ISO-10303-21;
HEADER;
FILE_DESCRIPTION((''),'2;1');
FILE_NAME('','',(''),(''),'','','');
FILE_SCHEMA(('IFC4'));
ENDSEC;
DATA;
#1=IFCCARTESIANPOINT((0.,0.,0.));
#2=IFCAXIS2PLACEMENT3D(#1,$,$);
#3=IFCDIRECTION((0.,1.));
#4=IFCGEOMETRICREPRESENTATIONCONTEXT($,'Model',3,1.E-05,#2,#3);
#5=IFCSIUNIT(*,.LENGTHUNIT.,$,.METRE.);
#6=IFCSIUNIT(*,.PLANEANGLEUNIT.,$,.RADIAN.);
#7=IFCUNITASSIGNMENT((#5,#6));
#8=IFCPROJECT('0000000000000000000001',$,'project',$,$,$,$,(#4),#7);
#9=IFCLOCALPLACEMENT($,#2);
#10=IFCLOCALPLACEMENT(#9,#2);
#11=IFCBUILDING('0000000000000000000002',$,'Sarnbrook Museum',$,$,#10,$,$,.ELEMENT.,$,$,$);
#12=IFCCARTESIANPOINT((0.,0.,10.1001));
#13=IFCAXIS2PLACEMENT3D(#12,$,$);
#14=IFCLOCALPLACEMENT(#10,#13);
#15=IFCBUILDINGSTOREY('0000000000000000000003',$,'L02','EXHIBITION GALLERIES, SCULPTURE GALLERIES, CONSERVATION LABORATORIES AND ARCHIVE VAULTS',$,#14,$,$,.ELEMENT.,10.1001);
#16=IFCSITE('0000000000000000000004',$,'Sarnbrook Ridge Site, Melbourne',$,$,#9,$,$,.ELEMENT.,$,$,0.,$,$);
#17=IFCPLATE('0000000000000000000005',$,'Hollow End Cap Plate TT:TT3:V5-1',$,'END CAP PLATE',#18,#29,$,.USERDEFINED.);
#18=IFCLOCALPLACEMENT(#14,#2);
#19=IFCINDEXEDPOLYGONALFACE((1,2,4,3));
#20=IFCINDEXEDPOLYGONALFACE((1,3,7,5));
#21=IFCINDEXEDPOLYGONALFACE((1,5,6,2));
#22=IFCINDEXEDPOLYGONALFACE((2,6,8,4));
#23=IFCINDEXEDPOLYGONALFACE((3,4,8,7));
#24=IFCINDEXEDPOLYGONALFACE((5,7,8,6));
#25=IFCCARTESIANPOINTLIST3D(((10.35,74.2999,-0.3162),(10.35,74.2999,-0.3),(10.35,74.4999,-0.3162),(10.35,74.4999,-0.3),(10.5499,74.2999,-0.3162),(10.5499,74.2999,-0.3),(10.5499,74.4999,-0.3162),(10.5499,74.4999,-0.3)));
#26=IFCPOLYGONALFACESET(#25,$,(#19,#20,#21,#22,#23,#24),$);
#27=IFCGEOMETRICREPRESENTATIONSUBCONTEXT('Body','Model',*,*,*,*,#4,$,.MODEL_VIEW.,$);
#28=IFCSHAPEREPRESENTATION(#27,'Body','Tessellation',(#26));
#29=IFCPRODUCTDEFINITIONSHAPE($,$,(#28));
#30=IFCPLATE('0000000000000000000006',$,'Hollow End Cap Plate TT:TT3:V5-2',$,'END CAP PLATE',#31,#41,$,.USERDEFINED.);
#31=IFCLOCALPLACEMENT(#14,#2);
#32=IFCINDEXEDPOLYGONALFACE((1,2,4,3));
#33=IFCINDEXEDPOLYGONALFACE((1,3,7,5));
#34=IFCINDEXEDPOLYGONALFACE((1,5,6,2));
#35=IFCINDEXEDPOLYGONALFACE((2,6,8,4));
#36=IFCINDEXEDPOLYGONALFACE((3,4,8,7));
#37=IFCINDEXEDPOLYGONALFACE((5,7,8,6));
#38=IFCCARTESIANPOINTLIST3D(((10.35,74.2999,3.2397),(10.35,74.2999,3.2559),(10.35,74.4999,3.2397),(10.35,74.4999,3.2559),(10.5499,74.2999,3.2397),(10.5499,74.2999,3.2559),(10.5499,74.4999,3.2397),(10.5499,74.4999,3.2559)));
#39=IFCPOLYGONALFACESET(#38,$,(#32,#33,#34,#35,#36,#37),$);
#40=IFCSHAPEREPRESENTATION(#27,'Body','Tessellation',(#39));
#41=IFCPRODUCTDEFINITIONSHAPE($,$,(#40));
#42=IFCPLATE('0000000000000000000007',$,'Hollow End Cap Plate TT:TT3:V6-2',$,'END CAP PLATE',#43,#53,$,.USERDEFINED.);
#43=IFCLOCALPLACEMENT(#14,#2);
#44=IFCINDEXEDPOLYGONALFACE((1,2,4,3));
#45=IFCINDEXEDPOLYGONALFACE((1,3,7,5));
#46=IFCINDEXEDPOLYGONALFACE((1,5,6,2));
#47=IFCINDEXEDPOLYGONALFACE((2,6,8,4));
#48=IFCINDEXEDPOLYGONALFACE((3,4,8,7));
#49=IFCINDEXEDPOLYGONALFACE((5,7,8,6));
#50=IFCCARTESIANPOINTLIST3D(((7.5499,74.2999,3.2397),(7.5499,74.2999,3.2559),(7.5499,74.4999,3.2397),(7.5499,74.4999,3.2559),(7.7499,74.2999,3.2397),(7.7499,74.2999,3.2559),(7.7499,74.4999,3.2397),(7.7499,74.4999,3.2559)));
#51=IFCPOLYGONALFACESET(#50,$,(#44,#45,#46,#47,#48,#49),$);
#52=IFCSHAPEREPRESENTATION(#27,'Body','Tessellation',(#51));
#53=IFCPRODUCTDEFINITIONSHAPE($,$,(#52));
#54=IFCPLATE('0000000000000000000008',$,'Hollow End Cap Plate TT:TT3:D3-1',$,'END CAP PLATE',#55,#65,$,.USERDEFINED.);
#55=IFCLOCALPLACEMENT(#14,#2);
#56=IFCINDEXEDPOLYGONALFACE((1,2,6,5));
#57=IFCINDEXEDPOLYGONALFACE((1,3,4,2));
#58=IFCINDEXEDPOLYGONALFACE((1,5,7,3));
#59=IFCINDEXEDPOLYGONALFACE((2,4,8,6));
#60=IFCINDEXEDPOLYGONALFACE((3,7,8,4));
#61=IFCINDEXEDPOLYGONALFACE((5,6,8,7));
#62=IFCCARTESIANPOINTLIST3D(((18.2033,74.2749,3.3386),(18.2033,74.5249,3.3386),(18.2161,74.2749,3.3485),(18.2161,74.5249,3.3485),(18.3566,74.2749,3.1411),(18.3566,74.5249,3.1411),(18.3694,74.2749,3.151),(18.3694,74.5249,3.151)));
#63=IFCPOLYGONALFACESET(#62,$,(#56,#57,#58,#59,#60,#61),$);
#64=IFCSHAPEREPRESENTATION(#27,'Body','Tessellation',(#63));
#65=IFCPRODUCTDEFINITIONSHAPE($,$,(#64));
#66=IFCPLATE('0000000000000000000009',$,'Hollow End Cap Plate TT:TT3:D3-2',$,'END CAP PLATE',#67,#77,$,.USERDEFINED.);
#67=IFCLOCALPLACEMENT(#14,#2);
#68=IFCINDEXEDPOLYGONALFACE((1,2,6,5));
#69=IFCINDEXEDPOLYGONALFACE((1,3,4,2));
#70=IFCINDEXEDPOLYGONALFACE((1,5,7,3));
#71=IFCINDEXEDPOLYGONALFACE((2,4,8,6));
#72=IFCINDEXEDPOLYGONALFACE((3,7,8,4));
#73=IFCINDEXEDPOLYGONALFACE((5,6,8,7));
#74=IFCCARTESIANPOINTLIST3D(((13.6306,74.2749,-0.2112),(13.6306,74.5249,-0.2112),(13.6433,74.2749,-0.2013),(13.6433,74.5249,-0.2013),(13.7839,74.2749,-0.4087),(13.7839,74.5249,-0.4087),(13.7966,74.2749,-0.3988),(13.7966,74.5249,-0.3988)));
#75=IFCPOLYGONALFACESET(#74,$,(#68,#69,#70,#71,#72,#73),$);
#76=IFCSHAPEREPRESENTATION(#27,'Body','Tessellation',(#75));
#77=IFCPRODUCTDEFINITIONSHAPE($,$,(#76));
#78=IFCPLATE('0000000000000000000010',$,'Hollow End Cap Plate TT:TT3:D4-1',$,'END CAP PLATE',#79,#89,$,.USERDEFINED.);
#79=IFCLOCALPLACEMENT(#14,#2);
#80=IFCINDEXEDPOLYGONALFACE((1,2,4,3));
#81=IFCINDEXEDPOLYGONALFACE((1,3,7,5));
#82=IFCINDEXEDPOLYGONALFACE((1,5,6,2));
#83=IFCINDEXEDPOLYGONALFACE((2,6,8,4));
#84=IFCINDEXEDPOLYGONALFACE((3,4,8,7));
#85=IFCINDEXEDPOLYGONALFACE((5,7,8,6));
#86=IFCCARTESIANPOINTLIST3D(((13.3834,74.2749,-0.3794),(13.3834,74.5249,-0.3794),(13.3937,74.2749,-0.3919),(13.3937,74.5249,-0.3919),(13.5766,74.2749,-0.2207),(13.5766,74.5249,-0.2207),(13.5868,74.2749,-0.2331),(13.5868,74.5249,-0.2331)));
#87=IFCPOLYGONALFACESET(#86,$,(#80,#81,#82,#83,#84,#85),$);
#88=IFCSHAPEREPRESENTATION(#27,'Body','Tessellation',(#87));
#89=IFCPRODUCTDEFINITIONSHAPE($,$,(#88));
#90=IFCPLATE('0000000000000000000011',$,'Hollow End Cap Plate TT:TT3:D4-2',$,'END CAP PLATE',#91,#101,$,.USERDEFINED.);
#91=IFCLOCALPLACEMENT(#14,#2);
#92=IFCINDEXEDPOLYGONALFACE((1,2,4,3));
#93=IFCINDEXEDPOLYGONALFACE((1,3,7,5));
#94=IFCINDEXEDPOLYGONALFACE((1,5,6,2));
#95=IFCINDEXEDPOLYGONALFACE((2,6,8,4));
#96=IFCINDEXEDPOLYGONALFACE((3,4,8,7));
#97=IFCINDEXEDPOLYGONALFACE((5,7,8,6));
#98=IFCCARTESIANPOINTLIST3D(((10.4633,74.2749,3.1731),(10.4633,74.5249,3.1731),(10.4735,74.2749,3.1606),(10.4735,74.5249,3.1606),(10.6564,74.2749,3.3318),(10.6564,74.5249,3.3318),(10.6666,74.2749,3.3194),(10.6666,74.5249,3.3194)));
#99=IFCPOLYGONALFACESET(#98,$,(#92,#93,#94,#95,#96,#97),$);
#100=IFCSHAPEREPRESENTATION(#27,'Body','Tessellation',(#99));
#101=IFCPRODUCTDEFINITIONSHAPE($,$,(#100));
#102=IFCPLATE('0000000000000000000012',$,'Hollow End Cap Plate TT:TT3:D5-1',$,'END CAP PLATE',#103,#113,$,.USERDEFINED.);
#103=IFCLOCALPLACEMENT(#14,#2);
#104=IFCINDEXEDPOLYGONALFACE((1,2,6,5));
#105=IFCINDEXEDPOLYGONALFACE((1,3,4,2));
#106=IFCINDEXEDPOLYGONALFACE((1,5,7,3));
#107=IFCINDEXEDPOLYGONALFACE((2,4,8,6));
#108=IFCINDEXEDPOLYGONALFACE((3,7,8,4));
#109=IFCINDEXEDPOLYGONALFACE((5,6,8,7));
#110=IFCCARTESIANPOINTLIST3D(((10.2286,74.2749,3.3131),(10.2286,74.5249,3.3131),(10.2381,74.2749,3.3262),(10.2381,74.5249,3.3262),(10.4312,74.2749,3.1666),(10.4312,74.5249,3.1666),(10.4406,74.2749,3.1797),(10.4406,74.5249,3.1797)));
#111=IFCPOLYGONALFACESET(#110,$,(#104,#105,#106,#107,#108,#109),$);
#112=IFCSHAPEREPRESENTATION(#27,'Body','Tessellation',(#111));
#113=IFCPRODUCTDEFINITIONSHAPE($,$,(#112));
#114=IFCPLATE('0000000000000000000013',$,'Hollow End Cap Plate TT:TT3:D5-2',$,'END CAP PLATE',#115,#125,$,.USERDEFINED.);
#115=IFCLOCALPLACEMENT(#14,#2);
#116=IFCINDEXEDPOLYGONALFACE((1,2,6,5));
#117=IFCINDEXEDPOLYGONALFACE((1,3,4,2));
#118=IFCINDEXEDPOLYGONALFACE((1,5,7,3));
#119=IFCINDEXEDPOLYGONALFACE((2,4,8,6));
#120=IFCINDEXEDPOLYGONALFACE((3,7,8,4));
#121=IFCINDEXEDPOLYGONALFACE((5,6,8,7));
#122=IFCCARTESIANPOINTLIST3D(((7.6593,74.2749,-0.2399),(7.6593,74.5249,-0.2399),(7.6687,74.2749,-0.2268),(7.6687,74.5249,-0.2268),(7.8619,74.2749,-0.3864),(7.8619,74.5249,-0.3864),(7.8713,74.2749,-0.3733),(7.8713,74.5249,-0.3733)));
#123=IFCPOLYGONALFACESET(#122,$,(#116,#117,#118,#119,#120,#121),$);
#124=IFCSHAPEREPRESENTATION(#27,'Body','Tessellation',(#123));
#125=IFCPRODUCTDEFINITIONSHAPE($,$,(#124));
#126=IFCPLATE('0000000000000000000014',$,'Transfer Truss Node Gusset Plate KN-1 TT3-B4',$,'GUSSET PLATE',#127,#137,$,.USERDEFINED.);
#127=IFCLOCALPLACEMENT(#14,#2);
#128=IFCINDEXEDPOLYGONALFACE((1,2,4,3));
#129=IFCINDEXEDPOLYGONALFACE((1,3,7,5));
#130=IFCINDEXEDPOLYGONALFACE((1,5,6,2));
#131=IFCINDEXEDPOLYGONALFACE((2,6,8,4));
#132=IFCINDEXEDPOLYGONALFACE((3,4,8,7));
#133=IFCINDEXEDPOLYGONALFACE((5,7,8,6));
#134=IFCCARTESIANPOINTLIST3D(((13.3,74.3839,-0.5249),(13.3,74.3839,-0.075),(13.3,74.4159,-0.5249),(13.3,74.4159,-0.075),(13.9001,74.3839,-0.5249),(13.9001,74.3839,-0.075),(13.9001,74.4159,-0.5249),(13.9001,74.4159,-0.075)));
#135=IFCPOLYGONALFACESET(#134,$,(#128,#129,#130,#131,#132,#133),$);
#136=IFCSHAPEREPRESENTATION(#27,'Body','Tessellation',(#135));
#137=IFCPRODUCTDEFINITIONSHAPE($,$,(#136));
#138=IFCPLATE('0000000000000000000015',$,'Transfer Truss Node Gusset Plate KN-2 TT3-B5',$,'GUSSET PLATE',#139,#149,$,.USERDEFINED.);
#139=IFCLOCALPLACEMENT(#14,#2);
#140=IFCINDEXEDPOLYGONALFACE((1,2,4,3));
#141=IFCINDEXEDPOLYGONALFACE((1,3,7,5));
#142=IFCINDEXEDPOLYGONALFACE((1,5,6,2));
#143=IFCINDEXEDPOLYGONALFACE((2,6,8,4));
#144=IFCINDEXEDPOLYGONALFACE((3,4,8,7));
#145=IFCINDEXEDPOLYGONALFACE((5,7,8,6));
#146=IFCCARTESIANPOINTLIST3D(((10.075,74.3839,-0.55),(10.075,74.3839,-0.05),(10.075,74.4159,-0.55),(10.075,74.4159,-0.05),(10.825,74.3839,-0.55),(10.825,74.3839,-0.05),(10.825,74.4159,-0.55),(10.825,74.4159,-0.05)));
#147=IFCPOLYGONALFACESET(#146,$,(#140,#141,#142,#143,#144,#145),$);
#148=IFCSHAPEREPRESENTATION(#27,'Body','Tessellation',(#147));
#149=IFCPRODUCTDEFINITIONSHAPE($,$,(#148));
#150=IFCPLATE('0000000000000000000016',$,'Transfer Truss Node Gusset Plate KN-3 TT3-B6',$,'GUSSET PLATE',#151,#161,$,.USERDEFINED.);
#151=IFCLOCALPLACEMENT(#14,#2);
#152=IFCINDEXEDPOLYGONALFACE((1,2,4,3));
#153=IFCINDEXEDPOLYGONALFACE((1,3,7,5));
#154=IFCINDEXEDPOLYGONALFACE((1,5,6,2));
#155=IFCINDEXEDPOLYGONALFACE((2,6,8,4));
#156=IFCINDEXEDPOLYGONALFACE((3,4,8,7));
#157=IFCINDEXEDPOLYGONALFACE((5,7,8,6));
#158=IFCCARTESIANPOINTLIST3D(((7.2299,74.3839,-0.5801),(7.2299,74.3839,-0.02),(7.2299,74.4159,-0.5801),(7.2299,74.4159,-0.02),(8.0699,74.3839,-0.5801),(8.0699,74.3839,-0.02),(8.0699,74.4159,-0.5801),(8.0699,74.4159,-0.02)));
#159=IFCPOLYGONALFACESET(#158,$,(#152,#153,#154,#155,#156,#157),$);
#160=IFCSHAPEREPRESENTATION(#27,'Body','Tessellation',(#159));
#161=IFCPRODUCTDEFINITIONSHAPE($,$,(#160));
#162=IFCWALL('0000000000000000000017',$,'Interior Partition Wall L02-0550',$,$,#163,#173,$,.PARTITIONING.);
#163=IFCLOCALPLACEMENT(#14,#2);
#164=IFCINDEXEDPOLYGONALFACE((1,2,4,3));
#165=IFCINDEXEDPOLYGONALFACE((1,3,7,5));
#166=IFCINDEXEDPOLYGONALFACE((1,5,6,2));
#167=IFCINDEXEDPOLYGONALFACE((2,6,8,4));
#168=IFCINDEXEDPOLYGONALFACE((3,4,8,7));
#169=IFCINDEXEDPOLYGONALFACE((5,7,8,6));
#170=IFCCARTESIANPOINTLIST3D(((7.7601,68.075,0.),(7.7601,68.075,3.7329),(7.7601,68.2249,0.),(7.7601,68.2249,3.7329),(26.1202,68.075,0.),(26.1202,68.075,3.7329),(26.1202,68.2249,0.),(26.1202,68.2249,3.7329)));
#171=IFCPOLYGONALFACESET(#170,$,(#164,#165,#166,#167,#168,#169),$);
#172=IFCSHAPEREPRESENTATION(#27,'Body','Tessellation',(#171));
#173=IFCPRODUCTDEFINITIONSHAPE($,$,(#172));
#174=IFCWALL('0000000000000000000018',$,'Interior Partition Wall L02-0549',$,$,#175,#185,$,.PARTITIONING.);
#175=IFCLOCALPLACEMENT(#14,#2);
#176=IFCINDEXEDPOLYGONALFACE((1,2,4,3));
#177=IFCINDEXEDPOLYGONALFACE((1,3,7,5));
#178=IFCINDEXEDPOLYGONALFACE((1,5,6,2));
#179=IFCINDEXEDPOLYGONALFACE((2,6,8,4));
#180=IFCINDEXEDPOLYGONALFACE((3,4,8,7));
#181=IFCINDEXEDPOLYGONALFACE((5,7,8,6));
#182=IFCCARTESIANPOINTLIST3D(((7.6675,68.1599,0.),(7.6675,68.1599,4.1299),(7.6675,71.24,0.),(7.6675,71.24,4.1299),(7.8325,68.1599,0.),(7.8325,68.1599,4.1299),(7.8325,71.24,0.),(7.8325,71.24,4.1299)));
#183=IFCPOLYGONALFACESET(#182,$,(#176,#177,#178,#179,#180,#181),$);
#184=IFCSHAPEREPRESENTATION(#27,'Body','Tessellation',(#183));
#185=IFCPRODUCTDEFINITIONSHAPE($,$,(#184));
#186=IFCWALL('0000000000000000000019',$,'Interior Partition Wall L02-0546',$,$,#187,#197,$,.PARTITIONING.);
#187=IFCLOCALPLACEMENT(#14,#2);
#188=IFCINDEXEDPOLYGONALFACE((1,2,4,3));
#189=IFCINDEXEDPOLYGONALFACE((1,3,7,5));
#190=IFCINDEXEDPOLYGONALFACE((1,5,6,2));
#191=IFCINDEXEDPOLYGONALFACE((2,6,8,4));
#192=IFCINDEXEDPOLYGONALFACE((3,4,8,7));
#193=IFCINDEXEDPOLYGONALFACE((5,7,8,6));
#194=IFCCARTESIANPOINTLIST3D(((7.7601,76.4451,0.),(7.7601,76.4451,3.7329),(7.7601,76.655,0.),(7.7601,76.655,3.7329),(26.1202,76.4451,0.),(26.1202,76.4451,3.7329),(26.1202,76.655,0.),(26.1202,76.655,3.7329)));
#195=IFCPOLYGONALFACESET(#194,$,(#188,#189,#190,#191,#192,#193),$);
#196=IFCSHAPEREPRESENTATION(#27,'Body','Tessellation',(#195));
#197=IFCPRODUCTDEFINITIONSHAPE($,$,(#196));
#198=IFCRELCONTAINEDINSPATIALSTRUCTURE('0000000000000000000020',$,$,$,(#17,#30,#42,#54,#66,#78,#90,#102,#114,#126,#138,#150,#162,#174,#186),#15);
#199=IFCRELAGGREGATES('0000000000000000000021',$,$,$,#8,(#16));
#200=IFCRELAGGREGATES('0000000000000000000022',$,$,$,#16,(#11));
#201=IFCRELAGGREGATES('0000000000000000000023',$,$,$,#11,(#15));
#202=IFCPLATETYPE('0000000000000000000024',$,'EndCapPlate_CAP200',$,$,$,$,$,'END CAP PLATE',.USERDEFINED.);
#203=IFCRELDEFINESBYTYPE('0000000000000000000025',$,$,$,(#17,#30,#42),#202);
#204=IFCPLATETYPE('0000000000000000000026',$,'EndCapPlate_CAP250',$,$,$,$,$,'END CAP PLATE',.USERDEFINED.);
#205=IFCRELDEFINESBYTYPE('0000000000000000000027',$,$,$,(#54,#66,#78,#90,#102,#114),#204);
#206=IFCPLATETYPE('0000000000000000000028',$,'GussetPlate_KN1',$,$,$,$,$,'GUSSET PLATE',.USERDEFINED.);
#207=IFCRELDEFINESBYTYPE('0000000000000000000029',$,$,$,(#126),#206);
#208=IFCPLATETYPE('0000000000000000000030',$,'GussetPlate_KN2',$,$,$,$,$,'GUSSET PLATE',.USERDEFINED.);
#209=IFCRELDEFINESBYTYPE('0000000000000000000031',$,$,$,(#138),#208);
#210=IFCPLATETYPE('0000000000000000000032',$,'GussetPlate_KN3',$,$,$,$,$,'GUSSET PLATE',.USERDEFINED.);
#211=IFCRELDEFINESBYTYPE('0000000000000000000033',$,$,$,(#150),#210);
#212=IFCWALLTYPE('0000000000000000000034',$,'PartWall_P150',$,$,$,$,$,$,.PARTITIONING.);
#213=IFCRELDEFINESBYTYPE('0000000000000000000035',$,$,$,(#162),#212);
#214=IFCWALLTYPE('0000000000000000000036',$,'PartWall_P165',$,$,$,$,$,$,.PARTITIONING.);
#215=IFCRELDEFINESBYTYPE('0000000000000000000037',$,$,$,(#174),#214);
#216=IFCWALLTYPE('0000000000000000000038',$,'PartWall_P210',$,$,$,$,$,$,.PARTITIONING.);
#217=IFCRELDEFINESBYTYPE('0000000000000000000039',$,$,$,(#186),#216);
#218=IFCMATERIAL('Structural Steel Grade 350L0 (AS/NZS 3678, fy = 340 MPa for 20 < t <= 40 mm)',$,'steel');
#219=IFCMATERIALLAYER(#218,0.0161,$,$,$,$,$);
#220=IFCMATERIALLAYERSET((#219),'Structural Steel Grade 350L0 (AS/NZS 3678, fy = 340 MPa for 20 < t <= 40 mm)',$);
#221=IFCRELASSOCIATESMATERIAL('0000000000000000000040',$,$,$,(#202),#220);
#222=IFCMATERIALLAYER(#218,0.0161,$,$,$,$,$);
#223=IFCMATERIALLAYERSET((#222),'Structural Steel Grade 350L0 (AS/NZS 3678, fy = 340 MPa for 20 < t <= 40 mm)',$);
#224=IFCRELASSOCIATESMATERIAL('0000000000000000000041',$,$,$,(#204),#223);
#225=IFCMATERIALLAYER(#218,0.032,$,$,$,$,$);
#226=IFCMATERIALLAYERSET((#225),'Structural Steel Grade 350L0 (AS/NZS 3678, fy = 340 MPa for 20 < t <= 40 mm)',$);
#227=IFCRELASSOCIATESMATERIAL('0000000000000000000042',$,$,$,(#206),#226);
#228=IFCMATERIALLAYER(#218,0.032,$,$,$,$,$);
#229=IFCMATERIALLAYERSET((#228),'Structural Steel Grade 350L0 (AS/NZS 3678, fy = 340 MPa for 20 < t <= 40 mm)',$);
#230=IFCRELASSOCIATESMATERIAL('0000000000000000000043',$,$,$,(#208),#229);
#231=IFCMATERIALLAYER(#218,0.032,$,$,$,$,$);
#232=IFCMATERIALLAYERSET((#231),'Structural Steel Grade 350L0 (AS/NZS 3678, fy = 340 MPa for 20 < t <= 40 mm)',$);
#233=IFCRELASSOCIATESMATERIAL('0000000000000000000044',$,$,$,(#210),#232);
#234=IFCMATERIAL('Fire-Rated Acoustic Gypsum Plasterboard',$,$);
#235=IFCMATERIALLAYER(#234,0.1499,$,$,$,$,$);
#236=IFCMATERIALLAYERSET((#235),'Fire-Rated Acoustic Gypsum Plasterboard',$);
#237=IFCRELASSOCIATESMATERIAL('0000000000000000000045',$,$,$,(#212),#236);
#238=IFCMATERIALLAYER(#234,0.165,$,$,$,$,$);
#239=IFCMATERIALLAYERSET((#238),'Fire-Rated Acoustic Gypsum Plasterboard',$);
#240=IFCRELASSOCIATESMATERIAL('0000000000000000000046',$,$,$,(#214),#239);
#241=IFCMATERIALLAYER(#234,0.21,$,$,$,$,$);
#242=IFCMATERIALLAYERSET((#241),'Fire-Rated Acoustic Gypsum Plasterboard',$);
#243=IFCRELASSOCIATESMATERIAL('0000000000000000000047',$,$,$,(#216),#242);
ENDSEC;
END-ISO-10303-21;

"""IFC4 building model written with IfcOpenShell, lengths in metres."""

from ifc_helpers import new_model, si_unit, direction, frame, frame_2d, origin, origin_2d, place, context, subcontext, project, spatial, rectangle, extrude, material, layer, layer_set, type_object, element, save


model = new_model("IFC4")

# Units and contexts
model_context = context("Model", 3, precision=1e-05, world=origin(), true_north=direction((0.0, 1.0)))
body_context = subcontext(model_context, "Body", "Model", "MODEL_VIEW")
ifc_project = project(units=[si_unit("LENGTHUNIT", "METRE"), si_unit("PLANEANGLEUNIT", "RADIAN")], contexts=[model_context])

# Site, building, storey
site_placement = place(None, origin())
site = spatial("IfcSite", under=ifc_project, at=site_placement, Name="Sarnbrook Ridge Site, Melbourne", CompositionType="ELEMENT", RefElevation=0.0)
building_placement = place(site_placement, origin())
building = spatial("IfcBuilding", under=site, at=building_placement, Name="Sarnbrook Museum", CompositionType="ELEMENT")
storey_placement = place(building_placement, frame((0.0, 0.0, 10.1001)))
storey = spatial("IfcBuildingStorey", under=building, at=storey_placement, Name="L02", Description="EXHIBITION GALLERIES, SCULPTURE GALLERIES, CONSERVATION LABORATORIES AND ARCHIVE VAULTS", CompositionType="ELEMENT", Elevation=10.1001)

# Shared definitions
ifc_material_1 = material(Name="Structural Steel Grade 350L0 (AS/NZS 3678, fy = 340 MPa for 20 < t <= 40 mm)", Category="steel")

# Plates
ifc_layer_1 = layer(ifc_material_1, 0.0161)
ifc_layer_set_1 = layer_set([ifc_layer_1], Name="Structural Steel Grade 350L0 (AS/NZS 3678, fy = 340 MPa for 20 < t <= 40 mm)")
plate_type_1 = type_object("IfcPlateType", Name="EndCapPlate_CAP200", ElementType="END CAP PLATE", PredefinedType="USERDEFINED", material=ifc_layer_set_1)
for number, where, z_axis, x_axis, name in (
    (1, (10.45, 74.3999, -0.3162), (0.0, 0.0, 1.0), (1.0, 0.0, 0.0), "Hollow End Cap Plate TT:TT3:V5-1"),
    (2, (10.45, 74.3999, 3.2397), (0.0, 0.0, 1.0), (1.0, 0.0, 0.0), "Hollow End Cap Plate TT:TT3:V5-2"),
    (3, (7.6499, 74.3999, 3.2397), (0.0, 0.0, 1.0), (1.0, 0.0, 0.0), "Hollow End Cap Plate TT:TT3:V6-2"),
):
    element("IfcPlate", number, at=place(storey_placement, frame(where, z_axis=z_axis, x_axis=x_axis)), inside=storey, type_object=plate_type_1, Name=name, ObjectType="END CAP PLATE", PredefinedType="USERDEFINED", context=body_context, shape_type="SweptSolid", body=[
        extrude(rectangle(XDim=0.2, YDim=0.2, at=origin_2d()), origin(), (0.0, 0.0, 1.0), 0.0161),
    ])
ifc_layer_2 = layer(ifc_material_1, 0.0161)
ifc_layer_set_2 = layer_set([ifc_layer_2], Name="Structural Steel Grade 350L0 (AS/NZS 3678, fy = 340 MPa for 20 < t <= 40 mm)")
plate_type_2 = type_object("IfcPlateType", Name="EndCapPlate_CAP250", ElementType="END CAP PLATE", PredefinedType="USERDEFINED", material=ifc_layer_set_2)
for number, where, z_axis, x_axis, name in (
    (4, (18.2927, 74.3999, 3.2498), (-0.789912, 0.0, -0.613221), (0.0, -1.0, 0.0), "Hollow End Cap Plate TT:TT3:D3-1"),
    (5, (13.72, 74.3999, -0.3), (-0.789912, 0.0, -0.613221), (0.0, -1.0, 0.0), "Hollow End Cap Plate TT:TT3:D3-2"),
    (6, (13.4902, 74.3999, -0.3125), (-0.635019, 0.0, 0.772497), (0.0, -1.0, 0.0), "Hollow End Cap Plate TT:TT3:D4-1"),
    (7, (10.5701, 74.3999, 3.24), (-0.635019, 0.0, 0.772497), (0.0, -1.0, 0.0), "Hollow End Cap Plate TT:TT3:D4-2"),
    (8, (10.3394, 74.3999, 3.2529), (-0.585992, 0.0, -0.810317), (0.0, -1.0, 0.0), "Hollow End Cap Plate TT:TT3:D5-1"),
    (9, (7.77, 74.3999, -0.3), (-0.585992, 0.0, -0.810317), (0.0, -1.0, 0.0), "Hollow End Cap Plate TT:TT3:D5-2"),
):
    element("IfcPlate", number, at=place(storey_placement, frame(where, z_axis=z_axis, x_axis=x_axis)), inside=storey, type_object=plate_type_2, Name=name, ObjectType="END CAP PLATE", PredefinedType="USERDEFINED", context=body_context, shape_type="SweptSolid", body=[
        extrude(rectangle(XDim=0.25, YDim=0.25, at=origin_2d()), origin(), (0.0, 0.0, 1.0), 0.0161),
    ])
ifc_layer_3 = layer(ifc_material_1, 0.032)
ifc_layer_set_3 = layer_set([ifc_layer_3], Name="Structural Steel Grade 350L0 (AS/NZS 3678, fy = 340 MPa for 20 < t <= 40 mm)")
plate_type_3 = type_object("IfcPlateType", Name="GussetPlate_KN1", ElementType="GUSSET PLATE", PredefinedType="USERDEFINED", material=ifc_layer_set_3)
plate_1_placement = place(storey_placement, frame((13.6001, 74.3999, -0.5249), z_axis=(0.0, 0.0, 1.0), x_axis=(1.0, 0.0, 0.0)))
element("IfcPlate", 10, at=plate_1_placement, inside=storey, type_object=plate_type_3, Name="Transfer Truss Node Gusset Plate KN-1 TT3-B4", ObjectType="GUSSET PLATE", PredefinedType="USERDEFINED", context=body_context, shape_type="SweptSolid", body=[
    extrude(rectangle(XDim=0.6001, YDim=0.032, at=origin_2d()), origin(), (0.0, 0.0, 1.0), 0.45),
])
ifc_layer_4 = layer(ifc_material_1, 0.032)
ifc_layer_set_4 = layer_set([ifc_layer_4], Name="Structural Steel Grade 350L0 (AS/NZS 3678, fy = 340 MPa for 20 < t <= 40 mm)")
plate_type_4 = type_object("IfcPlateType", Name="GussetPlate_KN2", ElementType="GUSSET PLATE", PredefinedType="USERDEFINED", material=ifc_layer_set_4)
plate_2_placement = place(storey_placement, frame((10.45, 74.3999, -0.55), z_axis=(0.0, 0.0, 1.0), x_axis=(1.0, 0.0, 0.0)))
element("IfcPlate", 11, at=plate_2_placement, inside=storey, type_object=plate_type_4, Name="Transfer Truss Node Gusset Plate KN-2 TT3-B5", ObjectType="GUSSET PLATE", PredefinedType="USERDEFINED", context=body_context, shape_type="SweptSolid", body=[
    extrude(rectangle(XDim=0.75, YDim=0.032, at=origin_2d()), origin(), (0.0, 0.0, 1.0), 0.5),
])
ifc_layer_5 = layer(ifc_material_1, 0.032)
ifc_layer_set_5 = layer_set([ifc_layer_5], Name="Structural Steel Grade 350L0 (AS/NZS 3678, fy = 340 MPa for 20 < t <= 40 mm)")
plate_type_5 = type_object("IfcPlateType", Name="GussetPlate_KN3", ElementType="GUSSET PLATE", PredefinedType="USERDEFINED", material=ifc_layer_set_5)
plate_3_placement = place(storey_placement, frame((7.6499, 74.3999, -0.5801), z_axis=(0.0, 0.0, 1.0), x_axis=(1.0, 0.0, 0.0)))
element("IfcPlate", 12, at=plate_3_placement, inside=storey, type_object=plate_type_5, Name="Transfer Truss Node Gusset Plate KN-3 TT3-B6", ObjectType="GUSSET PLATE", PredefinedType="USERDEFINED", context=body_context, shape_type="SweptSolid", body=[
    extrude(rectangle(XDim=0.8401, YDim=0.032, at=origin_2d()), origin(), (0.0, 0.0, 1.0), 0.5601),
])

# Walls
ifc_material_2 = material(Name="Fire-Rated Acoustic Gypsum Plasterboard")
ifc_layer_6 = layer(ifc_material_2, 0.1499)
ifc_layer_set_6 = layer_set([ifc_layer_6], Name="Fire-Rated Acoustic Gypsum Plasterboard")
wall_type_1 = type_object("IfcWallType", Name="PartWall_P150", PredefinedType="PARTITIONING", material=ifc_layer_set_6)
wall_1_placement = place(storey_placement, frame((7.76, 68.1499, 0.0), z_axis=(0.0, 0.0, 1.0), x_axis=(1.0, 0.0, 0.0)))
element("IfcWall", 13, at=wall_1_placement, inside=storey, type_object=wall_type_1, Name="Interior Partition Wall L02-0550", PredefinedType="PARTITIONING", context=body_context, shape_type="SweptSolid", body=[
    extrude(rectangle(XDim=18.3601, YDim=0.1499, at=frame_2d((9.1802, 0.0))), origin(), (0.0, 0.0, 1.0), 3.7329),
])
ifc_layer_7 = layer(ifc_material_2, 0.165)
ifc_layer_set_7 = layer_set([ifc_layer_7], Name="Fire-Rated Acoustic Gypsum Plasterboard")
wall_type_2 = type_object("IfcWallType", Name="PartWall_P165", PredefinedType="PARTITIONING", material=ifc_layer_set_7)
wall_2_placement = place(storey_placement, frame((7.75, 71.24, 0.0), z_axis=(0.0, 0.0, 1.0), x_axis=(0.0, -1.0, 0.0)))
element("IfcWall", 14, at=wall_2_placement, inside=storey, type_object=wall_type_2, Name="Interior Partition Wall L02-0549", PredefinedType="PARTITIONING", context=body_context, shape_type="SweptSolid", body=[
    extrude(rectangle(XDim=3.0801, YDim=0.165, at=frame_2d((1.54, 0.0))), origin(), (0.0, 0.0, 1.0), 4.1299),
])
ifc_layer_8 = layer(ifc_material_2, 0.21)
ifc_layer_set_8 = layer_set([ifc_layer_8], Name="Fire-Rated Acoustic Gypsum Plasterboard")
wall_type_3 = type_object("IfcWallType", Name="PartWall_P210", PredefinedType="PARTITIONING", material=ifc_layer_set_8)
wall_3_placement = place(storey_placement, frame((7.76, 76.55, 0.0), z_axis=(0.0, 0.0, 1.0), x_axis=(1.0, 0.0, 0.0)))
element("IfcWall", 15, at=wall_3_placement, inside=storey, type_object=wall_type_3, Name="Interior Partition Wall L02-0546", PredefinedType="PARTITIONING", context=body_context, shape_type="SweptSolid", body=[
    extrude(rectangle(XDim=18.3601, YDim=0.21, at=frame_2d((9.1802, 0.0))), origin(), (0.0, 0.0, 1.0), 3.7329),
])

save(model, "model.ifc")
